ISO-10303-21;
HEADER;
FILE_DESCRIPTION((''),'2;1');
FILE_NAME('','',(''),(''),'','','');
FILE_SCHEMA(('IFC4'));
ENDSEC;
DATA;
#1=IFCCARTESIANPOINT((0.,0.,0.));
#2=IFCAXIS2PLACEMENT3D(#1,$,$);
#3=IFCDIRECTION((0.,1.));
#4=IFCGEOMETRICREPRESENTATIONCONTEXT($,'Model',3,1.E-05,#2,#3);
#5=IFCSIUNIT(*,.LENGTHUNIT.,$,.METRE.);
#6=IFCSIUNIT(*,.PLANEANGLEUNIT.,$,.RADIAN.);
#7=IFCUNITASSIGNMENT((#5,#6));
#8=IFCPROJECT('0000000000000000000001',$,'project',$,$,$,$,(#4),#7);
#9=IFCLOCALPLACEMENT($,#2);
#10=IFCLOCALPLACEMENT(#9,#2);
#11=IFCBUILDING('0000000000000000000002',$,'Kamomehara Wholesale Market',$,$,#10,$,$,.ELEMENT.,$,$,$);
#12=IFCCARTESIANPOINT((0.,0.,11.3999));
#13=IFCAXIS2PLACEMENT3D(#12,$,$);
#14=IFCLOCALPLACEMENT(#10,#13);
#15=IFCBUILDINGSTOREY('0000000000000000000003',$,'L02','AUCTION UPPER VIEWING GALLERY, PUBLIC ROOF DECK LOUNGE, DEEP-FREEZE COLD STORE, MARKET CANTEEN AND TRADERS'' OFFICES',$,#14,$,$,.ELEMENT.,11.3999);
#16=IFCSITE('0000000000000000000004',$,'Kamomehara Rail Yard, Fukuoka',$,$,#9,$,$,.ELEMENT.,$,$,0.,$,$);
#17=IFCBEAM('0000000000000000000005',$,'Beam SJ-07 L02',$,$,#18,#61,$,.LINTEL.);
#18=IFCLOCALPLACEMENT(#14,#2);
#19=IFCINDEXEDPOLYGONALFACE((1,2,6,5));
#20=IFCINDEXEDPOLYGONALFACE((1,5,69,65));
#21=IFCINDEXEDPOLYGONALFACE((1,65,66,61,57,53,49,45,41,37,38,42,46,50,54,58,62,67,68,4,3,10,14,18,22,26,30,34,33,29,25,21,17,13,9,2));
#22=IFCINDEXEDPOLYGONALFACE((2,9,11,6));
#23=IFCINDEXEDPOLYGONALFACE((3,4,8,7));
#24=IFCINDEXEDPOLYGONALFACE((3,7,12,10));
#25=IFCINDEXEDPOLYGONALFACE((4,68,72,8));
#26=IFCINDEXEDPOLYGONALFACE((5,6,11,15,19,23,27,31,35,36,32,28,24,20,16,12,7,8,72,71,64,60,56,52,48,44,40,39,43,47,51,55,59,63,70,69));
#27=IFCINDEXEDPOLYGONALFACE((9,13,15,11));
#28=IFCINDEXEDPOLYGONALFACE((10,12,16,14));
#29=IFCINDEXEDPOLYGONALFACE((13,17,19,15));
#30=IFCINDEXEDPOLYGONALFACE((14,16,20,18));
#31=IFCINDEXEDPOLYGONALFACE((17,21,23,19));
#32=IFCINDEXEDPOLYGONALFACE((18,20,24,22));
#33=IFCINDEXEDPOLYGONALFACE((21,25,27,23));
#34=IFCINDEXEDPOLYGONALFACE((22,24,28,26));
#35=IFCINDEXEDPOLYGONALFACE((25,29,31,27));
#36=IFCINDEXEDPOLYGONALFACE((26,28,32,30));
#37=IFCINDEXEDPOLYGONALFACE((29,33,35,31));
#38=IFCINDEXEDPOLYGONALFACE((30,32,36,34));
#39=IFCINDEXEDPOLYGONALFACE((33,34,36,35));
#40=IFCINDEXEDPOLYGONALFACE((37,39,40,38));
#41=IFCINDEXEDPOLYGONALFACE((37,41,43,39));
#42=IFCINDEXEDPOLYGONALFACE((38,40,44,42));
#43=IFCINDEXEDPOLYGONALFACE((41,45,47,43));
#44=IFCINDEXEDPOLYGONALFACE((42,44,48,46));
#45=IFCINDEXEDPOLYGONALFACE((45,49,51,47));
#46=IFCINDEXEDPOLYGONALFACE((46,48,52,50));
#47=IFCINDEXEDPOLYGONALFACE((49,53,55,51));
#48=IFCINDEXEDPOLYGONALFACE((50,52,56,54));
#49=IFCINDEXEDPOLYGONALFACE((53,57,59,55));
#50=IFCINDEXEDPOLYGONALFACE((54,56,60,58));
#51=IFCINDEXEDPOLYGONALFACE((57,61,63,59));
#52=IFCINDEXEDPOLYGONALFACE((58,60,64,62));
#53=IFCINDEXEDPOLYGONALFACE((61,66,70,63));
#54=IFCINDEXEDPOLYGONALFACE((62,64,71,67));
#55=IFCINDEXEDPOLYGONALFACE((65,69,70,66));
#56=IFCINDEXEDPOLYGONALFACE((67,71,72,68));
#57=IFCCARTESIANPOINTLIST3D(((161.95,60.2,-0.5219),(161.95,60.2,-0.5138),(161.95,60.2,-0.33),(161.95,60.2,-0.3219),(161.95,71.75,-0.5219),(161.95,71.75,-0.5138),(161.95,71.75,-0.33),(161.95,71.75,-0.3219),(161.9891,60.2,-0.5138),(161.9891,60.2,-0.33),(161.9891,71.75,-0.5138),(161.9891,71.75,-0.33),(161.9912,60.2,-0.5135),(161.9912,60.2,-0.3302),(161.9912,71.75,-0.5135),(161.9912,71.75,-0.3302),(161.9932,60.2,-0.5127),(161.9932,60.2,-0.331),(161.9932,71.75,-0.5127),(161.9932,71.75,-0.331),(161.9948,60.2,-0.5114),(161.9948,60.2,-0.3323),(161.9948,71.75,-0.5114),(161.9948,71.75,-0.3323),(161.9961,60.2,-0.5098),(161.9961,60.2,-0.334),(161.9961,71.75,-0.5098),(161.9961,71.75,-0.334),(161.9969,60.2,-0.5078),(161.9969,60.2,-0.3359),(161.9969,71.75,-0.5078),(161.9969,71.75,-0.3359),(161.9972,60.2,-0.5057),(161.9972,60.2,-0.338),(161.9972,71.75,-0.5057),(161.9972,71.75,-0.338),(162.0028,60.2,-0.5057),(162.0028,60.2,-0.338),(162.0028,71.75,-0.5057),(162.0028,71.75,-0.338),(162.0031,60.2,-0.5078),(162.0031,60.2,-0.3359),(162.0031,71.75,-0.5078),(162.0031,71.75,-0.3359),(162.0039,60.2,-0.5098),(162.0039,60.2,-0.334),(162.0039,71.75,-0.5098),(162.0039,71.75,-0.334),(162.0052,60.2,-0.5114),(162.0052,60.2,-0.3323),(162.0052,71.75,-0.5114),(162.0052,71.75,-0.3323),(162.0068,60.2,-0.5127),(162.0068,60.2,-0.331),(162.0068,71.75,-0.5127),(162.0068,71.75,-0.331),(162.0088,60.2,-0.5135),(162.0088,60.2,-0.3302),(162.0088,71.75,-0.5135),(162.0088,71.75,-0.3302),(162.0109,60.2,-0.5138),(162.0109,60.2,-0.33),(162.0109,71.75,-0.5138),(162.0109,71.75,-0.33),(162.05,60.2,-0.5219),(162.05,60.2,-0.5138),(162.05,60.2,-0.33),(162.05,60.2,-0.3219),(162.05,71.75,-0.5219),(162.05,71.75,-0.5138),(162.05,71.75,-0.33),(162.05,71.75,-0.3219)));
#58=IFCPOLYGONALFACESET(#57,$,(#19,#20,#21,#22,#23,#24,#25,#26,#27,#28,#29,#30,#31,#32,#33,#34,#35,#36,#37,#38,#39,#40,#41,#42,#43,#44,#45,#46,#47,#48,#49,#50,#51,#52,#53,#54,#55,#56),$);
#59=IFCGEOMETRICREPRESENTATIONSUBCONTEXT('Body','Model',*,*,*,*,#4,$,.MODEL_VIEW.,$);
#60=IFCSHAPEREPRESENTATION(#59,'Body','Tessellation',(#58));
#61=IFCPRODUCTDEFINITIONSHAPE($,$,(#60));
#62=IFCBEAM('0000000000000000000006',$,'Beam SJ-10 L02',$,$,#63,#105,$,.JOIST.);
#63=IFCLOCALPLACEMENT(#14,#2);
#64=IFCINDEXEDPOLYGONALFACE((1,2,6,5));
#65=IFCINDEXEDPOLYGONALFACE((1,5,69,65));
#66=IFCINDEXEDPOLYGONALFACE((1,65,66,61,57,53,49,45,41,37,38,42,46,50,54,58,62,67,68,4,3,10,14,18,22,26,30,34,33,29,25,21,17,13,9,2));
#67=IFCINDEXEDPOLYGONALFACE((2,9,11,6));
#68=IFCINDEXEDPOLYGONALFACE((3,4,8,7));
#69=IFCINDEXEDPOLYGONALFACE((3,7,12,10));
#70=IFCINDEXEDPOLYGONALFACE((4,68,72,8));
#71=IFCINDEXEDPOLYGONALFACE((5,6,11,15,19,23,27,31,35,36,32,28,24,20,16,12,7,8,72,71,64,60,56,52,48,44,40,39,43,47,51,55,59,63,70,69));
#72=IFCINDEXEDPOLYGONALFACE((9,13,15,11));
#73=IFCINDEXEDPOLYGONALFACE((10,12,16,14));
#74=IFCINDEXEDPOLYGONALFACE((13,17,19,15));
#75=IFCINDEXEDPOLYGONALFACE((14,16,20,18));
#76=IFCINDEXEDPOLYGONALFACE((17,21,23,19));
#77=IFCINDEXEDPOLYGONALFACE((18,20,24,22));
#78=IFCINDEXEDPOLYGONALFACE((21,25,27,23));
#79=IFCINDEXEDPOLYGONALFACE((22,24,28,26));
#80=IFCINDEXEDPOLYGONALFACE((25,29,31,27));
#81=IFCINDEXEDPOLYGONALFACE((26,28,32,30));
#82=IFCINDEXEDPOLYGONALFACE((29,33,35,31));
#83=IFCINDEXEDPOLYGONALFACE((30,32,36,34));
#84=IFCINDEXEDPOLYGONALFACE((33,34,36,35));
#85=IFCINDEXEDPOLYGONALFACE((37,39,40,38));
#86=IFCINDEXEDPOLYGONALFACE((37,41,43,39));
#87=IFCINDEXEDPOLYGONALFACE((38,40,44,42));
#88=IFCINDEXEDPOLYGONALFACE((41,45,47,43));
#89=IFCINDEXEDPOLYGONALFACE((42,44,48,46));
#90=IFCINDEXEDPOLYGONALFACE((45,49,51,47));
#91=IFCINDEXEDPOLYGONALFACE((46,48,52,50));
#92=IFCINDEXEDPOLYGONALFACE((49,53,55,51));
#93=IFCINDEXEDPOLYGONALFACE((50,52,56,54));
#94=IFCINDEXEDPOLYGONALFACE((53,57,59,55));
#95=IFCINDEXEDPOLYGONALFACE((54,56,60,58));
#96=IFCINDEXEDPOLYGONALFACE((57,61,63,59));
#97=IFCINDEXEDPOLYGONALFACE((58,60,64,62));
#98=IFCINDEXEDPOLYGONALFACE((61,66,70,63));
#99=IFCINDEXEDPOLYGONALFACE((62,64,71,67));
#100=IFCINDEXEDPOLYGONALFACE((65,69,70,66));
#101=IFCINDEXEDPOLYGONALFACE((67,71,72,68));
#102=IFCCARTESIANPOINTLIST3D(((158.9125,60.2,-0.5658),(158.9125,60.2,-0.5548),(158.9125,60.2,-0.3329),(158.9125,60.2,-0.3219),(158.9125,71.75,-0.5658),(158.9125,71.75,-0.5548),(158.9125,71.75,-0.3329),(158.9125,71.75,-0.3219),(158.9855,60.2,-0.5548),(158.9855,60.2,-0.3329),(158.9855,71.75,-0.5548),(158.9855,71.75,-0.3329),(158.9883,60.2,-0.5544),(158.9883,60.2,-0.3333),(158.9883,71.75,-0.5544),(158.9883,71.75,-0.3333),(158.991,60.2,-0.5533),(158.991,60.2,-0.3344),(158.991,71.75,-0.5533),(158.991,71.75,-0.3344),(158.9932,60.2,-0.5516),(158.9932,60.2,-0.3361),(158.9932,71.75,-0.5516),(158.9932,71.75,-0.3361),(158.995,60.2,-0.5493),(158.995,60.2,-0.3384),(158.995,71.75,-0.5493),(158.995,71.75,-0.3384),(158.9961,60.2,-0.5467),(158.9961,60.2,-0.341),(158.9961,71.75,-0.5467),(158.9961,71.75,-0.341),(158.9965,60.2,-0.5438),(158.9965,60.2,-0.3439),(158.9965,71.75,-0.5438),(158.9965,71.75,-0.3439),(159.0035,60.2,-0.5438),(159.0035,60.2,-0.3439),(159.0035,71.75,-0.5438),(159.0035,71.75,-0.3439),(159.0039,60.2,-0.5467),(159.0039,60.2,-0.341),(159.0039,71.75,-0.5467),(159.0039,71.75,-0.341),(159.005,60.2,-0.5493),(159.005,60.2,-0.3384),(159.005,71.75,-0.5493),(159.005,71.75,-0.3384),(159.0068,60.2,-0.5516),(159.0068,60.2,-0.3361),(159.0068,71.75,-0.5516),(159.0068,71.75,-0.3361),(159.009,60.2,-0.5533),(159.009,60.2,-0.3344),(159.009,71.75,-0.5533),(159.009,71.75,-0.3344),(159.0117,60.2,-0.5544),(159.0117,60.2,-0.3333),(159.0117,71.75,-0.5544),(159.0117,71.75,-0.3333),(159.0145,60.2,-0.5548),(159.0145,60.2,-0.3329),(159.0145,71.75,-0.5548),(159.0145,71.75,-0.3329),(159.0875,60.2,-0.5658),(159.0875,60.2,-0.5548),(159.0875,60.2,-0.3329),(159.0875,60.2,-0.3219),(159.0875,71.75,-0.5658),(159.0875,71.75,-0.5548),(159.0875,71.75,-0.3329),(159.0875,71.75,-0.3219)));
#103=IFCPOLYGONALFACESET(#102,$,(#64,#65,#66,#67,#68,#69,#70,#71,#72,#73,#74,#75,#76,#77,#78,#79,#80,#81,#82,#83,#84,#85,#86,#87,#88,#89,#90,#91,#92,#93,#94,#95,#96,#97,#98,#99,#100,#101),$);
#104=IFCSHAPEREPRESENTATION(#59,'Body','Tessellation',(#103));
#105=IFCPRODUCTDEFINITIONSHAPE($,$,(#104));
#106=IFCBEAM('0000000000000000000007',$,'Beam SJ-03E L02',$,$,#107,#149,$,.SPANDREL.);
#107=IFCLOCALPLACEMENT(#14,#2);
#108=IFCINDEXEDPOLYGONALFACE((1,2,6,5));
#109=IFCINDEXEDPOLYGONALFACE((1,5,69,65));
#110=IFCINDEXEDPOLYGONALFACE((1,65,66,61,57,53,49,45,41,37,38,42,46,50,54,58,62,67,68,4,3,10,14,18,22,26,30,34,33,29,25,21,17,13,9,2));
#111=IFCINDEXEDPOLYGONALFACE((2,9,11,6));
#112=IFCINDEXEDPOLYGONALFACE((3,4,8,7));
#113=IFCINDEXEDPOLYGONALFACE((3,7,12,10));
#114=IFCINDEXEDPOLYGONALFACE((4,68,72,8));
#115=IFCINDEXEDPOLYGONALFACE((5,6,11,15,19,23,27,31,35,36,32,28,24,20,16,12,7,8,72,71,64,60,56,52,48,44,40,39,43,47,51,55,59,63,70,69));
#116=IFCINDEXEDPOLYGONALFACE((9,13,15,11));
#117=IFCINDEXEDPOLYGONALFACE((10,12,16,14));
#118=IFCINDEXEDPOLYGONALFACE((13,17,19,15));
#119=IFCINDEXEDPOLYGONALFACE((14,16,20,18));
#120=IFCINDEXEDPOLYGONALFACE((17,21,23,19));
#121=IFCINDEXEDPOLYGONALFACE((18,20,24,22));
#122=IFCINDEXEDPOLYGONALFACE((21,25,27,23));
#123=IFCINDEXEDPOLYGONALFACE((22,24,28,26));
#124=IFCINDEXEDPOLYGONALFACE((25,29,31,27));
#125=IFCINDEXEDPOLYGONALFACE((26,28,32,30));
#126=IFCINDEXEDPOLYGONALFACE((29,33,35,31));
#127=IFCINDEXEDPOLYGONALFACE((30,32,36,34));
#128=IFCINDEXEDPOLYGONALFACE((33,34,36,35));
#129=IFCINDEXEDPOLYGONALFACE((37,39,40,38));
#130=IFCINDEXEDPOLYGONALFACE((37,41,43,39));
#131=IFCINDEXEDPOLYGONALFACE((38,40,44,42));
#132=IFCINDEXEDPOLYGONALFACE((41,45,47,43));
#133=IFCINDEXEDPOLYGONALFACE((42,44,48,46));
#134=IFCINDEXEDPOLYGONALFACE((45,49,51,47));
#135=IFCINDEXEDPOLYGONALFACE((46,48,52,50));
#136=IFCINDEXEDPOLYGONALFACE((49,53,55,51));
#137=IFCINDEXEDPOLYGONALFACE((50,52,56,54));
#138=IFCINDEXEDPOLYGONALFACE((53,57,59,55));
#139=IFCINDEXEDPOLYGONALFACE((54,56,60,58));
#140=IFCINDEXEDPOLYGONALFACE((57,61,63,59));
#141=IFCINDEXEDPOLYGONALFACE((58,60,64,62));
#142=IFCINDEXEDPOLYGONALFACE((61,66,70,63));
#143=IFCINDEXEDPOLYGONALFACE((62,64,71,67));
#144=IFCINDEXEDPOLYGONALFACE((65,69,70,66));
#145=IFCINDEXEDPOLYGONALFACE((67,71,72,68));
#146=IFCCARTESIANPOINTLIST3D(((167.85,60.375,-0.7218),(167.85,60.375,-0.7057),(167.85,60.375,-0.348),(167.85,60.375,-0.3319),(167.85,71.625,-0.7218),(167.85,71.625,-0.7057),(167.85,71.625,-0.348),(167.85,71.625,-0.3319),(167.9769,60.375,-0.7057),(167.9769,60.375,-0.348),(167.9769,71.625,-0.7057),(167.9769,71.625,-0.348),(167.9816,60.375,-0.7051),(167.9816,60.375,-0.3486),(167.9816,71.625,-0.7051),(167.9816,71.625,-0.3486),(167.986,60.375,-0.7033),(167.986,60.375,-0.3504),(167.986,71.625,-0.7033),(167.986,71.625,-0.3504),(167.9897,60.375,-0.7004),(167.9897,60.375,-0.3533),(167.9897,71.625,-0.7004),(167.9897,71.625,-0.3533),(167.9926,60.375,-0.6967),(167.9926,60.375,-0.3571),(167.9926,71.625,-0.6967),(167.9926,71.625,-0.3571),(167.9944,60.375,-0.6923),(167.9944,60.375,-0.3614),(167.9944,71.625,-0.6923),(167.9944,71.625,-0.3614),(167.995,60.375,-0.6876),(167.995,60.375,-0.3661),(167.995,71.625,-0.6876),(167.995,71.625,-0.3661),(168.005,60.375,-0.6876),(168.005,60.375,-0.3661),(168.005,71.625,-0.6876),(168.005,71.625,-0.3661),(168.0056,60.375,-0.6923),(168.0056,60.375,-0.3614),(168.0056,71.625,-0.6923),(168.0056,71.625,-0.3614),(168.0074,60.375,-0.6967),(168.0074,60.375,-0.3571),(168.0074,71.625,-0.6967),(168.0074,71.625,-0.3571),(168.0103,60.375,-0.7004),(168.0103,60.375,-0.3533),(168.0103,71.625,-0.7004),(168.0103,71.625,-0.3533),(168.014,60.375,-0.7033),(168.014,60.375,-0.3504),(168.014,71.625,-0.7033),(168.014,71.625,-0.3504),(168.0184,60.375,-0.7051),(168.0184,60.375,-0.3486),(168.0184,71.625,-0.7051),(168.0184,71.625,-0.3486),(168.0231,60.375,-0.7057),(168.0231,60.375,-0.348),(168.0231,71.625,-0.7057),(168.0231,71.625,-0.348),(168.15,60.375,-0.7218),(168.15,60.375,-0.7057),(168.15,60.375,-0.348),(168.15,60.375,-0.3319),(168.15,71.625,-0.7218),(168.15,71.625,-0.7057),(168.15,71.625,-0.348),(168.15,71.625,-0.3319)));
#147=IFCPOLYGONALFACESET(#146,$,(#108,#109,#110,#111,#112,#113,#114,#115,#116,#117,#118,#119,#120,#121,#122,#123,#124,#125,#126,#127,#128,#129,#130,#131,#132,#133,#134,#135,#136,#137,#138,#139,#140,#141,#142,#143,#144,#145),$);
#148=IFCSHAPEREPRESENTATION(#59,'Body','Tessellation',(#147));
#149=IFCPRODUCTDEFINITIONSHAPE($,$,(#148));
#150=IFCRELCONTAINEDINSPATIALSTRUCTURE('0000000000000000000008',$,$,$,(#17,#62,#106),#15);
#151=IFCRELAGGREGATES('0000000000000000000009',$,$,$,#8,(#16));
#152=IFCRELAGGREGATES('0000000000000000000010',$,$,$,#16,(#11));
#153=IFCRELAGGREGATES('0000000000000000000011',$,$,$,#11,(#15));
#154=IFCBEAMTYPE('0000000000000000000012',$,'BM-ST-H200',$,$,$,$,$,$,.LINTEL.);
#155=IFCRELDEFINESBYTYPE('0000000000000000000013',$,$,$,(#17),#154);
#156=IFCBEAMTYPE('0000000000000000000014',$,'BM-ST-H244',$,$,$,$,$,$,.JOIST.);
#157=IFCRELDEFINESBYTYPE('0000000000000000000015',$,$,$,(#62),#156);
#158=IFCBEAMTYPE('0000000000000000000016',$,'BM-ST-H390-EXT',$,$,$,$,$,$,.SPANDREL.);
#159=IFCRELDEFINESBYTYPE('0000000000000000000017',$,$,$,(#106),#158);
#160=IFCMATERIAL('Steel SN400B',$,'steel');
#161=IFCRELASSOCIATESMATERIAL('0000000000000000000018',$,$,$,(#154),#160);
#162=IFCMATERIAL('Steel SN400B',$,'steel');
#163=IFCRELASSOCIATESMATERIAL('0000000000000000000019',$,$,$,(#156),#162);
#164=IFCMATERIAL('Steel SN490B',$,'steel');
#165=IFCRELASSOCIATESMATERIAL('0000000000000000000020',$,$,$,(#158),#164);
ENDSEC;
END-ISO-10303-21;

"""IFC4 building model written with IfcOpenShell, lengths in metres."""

from ifc_helpers import new_model, si_unit, direction, frame, origin, origin_2d, place, context, subcontext, project, spatial, i_section, extrude, material, material_profile, profile_set, type_object, element, save


model = new_model("IFC4")

# Units and contexts
model_context = context("Model", 3, precision=1e-05, world=origin(), true_north=direction((0.0, 1.0)))
body_context = subcontext(model_context, "Body", "Model", "MODEL_VIEW")
ifc_project = project(units=[si_unit("LENGTHUNIT", "METRE"), si_unit("PLANEANGLEUNIT", "RADIAN")], contexts=[model_context])

# Site, building, storey
site_placement = place(None, origin())
site = spatial("IfcSite", under=ifc_project, at=site_placement, Name="Kamomehara Rail Yard, Fukuoka", CompositionType="ELEMENT", RefElevation=0.0)
building_placement = place(site_placement, origin())
building = spatial("IfcBuilding", under=site, at=building_placement, Name="Kamomehara Wholesale Market", CompositionType="ELEMENT")
storey_placement = place(building_placement, frame((0.0, 0.0, 11.3999)))
storey = spatial("IfcBuildingStorey", under=building, at=storey_placement, Name="L02", Description="AUCTION UPPER VIEWING GALLERY, PUBLIC ROOF DECK LOUNGE, DEEP-FREEZE COLD STORE, MARKET CANTEEN AND TRADERS' OFFICES", CompositionType="ELEMENT", Elevation=11.3999)

# Beams
ifc_material_1 = material(Name="Steel SN400B", Category="steel")
ifc_material_profile_1 = material_profile(ifc_material_1, i_section(OverallWidth=0.1001, OverallDepth=0.2, WebThickness=0.0056, FlangeThickness=0.0081, FilletRadius=0.0081, at=origin_2d()), Name="H-200x100x5.5x8")
ifc_profile_set_1 = profile_set([ifc_material_profile_1], Name="Steel SN400B")
beam_type_1 = type_object("IfcBeamType", Name="BM-ST-H200", PredefinedType="LINTEL", material=ifc_profile_set_1)
beam_1_placement = place(storey_placement, frame((162.0, 60.2, -0.4219), z_axis=(0.0, 1.0, 0.0), x_axis=(-1.0, 0.0, 0.0)))
element("IfcBeam", 1, at=beam_1_placement, inside=storey, type_object=beam_type_1, Name="Beam SJ-07 L02", PredefinedType="LINTEL", context=body_context, shape_type="SweptSolid", body=[
    extrude(i_section(OverallWidth=0.1001, OverallDepth=0.2, WebThickness=0.0056, FlangeThickness=0.0081, FilletRadius=0.0081, at=origin_2d()), origin(), (0.0, 0.0, 1.0), 11.55),
])
ifc_material_2 = material(Name="Steel SN400B", Category="steel")
ifc_material_profile_2 = material_profile(ifc_material_2, i_section(OverallWidth=0.175, OverallDepth=0.2439, WebThickness=0.0071, FlangeThickness=0.011, FilletRadius=0.011, at=origin_2d()), Name="H-244x175x7x11")
ifc_profile_set_2 = profile_set([ifc_material_profile_2], Name="Steel SN400B")
beam_type_2 = type_object("IfcBeamType", Name="BM-ST-H244", PredefinedType="JOIST", material=ifc_profile_set_2)
beam_2_placement = place(storey_placement, frame((159.0, 60.2, -0.4438), z_axis=(0.0, 1.0, 0.0), x_axis=(-1.0, 0.0, 0.0)))
element("IfcBeam", 2, at=beam_2_placement, inside=storey, type_object=beam_type_2, Name="Beam SJ-10 L02", PredefinedType="JOIST", context=body_context, shape_type="SweptSolid", body=[
    extrude(i_section(OverallWidth=0.175, OverallDepth=0.2439, WebThickness=0.0071, FlangeThickness=0.011, FilletRadius=0.011, at=origin_2d()), origin(), (0.0, 0.0, 1.0), 11.55),
])
ifc_material_3 = material(Name="Steel SN490B", Category="steel")
ifc_material_profile_3 = material_profile(ifc_material_3, i_section(OverallWidth=0.3, OverallDepth=0.3899, WebThickness=0.01, FlangeThickness=0.0161, FilletRadius=0.0181, at=origin_2d()), Name="H-390x300x10x16")
ifc_profile_set_3 = profile_set([ifc_material_profile_3], Name="Steel SN490B")
beam_type_3 = type_object("IfcBeamType", Name="BM-ST-H390-EXT", PredefinedType="SPANDREL", material=ifc_profile_set_3)
beam_3_placement = place(storey_placement, frame((168.0, 60.375, -0.5269), z_axis=(0.0, 1.0, 0.0), x_axis=(-1.0, 0.0, 0.0)))
element("IfcBeam", 3, at=beam_3_placement, inside=storey, type_object=beam_type_3, Name="Beam SJ-03E L02", PredefinedType="SPANDREL", context=body_context, shape_type="SweptSolid", body=[
    extrude(i_section(OverallWidth=0.3, OverallDepth=0.3899, WebThickness=0.01, FlangeThickness=0.0161, FilletRadius=0.0181, at=origin_2d()), origin(), (0.0, 0.0, 1.0), 11.25),
])

save(model, "model.ifc")
